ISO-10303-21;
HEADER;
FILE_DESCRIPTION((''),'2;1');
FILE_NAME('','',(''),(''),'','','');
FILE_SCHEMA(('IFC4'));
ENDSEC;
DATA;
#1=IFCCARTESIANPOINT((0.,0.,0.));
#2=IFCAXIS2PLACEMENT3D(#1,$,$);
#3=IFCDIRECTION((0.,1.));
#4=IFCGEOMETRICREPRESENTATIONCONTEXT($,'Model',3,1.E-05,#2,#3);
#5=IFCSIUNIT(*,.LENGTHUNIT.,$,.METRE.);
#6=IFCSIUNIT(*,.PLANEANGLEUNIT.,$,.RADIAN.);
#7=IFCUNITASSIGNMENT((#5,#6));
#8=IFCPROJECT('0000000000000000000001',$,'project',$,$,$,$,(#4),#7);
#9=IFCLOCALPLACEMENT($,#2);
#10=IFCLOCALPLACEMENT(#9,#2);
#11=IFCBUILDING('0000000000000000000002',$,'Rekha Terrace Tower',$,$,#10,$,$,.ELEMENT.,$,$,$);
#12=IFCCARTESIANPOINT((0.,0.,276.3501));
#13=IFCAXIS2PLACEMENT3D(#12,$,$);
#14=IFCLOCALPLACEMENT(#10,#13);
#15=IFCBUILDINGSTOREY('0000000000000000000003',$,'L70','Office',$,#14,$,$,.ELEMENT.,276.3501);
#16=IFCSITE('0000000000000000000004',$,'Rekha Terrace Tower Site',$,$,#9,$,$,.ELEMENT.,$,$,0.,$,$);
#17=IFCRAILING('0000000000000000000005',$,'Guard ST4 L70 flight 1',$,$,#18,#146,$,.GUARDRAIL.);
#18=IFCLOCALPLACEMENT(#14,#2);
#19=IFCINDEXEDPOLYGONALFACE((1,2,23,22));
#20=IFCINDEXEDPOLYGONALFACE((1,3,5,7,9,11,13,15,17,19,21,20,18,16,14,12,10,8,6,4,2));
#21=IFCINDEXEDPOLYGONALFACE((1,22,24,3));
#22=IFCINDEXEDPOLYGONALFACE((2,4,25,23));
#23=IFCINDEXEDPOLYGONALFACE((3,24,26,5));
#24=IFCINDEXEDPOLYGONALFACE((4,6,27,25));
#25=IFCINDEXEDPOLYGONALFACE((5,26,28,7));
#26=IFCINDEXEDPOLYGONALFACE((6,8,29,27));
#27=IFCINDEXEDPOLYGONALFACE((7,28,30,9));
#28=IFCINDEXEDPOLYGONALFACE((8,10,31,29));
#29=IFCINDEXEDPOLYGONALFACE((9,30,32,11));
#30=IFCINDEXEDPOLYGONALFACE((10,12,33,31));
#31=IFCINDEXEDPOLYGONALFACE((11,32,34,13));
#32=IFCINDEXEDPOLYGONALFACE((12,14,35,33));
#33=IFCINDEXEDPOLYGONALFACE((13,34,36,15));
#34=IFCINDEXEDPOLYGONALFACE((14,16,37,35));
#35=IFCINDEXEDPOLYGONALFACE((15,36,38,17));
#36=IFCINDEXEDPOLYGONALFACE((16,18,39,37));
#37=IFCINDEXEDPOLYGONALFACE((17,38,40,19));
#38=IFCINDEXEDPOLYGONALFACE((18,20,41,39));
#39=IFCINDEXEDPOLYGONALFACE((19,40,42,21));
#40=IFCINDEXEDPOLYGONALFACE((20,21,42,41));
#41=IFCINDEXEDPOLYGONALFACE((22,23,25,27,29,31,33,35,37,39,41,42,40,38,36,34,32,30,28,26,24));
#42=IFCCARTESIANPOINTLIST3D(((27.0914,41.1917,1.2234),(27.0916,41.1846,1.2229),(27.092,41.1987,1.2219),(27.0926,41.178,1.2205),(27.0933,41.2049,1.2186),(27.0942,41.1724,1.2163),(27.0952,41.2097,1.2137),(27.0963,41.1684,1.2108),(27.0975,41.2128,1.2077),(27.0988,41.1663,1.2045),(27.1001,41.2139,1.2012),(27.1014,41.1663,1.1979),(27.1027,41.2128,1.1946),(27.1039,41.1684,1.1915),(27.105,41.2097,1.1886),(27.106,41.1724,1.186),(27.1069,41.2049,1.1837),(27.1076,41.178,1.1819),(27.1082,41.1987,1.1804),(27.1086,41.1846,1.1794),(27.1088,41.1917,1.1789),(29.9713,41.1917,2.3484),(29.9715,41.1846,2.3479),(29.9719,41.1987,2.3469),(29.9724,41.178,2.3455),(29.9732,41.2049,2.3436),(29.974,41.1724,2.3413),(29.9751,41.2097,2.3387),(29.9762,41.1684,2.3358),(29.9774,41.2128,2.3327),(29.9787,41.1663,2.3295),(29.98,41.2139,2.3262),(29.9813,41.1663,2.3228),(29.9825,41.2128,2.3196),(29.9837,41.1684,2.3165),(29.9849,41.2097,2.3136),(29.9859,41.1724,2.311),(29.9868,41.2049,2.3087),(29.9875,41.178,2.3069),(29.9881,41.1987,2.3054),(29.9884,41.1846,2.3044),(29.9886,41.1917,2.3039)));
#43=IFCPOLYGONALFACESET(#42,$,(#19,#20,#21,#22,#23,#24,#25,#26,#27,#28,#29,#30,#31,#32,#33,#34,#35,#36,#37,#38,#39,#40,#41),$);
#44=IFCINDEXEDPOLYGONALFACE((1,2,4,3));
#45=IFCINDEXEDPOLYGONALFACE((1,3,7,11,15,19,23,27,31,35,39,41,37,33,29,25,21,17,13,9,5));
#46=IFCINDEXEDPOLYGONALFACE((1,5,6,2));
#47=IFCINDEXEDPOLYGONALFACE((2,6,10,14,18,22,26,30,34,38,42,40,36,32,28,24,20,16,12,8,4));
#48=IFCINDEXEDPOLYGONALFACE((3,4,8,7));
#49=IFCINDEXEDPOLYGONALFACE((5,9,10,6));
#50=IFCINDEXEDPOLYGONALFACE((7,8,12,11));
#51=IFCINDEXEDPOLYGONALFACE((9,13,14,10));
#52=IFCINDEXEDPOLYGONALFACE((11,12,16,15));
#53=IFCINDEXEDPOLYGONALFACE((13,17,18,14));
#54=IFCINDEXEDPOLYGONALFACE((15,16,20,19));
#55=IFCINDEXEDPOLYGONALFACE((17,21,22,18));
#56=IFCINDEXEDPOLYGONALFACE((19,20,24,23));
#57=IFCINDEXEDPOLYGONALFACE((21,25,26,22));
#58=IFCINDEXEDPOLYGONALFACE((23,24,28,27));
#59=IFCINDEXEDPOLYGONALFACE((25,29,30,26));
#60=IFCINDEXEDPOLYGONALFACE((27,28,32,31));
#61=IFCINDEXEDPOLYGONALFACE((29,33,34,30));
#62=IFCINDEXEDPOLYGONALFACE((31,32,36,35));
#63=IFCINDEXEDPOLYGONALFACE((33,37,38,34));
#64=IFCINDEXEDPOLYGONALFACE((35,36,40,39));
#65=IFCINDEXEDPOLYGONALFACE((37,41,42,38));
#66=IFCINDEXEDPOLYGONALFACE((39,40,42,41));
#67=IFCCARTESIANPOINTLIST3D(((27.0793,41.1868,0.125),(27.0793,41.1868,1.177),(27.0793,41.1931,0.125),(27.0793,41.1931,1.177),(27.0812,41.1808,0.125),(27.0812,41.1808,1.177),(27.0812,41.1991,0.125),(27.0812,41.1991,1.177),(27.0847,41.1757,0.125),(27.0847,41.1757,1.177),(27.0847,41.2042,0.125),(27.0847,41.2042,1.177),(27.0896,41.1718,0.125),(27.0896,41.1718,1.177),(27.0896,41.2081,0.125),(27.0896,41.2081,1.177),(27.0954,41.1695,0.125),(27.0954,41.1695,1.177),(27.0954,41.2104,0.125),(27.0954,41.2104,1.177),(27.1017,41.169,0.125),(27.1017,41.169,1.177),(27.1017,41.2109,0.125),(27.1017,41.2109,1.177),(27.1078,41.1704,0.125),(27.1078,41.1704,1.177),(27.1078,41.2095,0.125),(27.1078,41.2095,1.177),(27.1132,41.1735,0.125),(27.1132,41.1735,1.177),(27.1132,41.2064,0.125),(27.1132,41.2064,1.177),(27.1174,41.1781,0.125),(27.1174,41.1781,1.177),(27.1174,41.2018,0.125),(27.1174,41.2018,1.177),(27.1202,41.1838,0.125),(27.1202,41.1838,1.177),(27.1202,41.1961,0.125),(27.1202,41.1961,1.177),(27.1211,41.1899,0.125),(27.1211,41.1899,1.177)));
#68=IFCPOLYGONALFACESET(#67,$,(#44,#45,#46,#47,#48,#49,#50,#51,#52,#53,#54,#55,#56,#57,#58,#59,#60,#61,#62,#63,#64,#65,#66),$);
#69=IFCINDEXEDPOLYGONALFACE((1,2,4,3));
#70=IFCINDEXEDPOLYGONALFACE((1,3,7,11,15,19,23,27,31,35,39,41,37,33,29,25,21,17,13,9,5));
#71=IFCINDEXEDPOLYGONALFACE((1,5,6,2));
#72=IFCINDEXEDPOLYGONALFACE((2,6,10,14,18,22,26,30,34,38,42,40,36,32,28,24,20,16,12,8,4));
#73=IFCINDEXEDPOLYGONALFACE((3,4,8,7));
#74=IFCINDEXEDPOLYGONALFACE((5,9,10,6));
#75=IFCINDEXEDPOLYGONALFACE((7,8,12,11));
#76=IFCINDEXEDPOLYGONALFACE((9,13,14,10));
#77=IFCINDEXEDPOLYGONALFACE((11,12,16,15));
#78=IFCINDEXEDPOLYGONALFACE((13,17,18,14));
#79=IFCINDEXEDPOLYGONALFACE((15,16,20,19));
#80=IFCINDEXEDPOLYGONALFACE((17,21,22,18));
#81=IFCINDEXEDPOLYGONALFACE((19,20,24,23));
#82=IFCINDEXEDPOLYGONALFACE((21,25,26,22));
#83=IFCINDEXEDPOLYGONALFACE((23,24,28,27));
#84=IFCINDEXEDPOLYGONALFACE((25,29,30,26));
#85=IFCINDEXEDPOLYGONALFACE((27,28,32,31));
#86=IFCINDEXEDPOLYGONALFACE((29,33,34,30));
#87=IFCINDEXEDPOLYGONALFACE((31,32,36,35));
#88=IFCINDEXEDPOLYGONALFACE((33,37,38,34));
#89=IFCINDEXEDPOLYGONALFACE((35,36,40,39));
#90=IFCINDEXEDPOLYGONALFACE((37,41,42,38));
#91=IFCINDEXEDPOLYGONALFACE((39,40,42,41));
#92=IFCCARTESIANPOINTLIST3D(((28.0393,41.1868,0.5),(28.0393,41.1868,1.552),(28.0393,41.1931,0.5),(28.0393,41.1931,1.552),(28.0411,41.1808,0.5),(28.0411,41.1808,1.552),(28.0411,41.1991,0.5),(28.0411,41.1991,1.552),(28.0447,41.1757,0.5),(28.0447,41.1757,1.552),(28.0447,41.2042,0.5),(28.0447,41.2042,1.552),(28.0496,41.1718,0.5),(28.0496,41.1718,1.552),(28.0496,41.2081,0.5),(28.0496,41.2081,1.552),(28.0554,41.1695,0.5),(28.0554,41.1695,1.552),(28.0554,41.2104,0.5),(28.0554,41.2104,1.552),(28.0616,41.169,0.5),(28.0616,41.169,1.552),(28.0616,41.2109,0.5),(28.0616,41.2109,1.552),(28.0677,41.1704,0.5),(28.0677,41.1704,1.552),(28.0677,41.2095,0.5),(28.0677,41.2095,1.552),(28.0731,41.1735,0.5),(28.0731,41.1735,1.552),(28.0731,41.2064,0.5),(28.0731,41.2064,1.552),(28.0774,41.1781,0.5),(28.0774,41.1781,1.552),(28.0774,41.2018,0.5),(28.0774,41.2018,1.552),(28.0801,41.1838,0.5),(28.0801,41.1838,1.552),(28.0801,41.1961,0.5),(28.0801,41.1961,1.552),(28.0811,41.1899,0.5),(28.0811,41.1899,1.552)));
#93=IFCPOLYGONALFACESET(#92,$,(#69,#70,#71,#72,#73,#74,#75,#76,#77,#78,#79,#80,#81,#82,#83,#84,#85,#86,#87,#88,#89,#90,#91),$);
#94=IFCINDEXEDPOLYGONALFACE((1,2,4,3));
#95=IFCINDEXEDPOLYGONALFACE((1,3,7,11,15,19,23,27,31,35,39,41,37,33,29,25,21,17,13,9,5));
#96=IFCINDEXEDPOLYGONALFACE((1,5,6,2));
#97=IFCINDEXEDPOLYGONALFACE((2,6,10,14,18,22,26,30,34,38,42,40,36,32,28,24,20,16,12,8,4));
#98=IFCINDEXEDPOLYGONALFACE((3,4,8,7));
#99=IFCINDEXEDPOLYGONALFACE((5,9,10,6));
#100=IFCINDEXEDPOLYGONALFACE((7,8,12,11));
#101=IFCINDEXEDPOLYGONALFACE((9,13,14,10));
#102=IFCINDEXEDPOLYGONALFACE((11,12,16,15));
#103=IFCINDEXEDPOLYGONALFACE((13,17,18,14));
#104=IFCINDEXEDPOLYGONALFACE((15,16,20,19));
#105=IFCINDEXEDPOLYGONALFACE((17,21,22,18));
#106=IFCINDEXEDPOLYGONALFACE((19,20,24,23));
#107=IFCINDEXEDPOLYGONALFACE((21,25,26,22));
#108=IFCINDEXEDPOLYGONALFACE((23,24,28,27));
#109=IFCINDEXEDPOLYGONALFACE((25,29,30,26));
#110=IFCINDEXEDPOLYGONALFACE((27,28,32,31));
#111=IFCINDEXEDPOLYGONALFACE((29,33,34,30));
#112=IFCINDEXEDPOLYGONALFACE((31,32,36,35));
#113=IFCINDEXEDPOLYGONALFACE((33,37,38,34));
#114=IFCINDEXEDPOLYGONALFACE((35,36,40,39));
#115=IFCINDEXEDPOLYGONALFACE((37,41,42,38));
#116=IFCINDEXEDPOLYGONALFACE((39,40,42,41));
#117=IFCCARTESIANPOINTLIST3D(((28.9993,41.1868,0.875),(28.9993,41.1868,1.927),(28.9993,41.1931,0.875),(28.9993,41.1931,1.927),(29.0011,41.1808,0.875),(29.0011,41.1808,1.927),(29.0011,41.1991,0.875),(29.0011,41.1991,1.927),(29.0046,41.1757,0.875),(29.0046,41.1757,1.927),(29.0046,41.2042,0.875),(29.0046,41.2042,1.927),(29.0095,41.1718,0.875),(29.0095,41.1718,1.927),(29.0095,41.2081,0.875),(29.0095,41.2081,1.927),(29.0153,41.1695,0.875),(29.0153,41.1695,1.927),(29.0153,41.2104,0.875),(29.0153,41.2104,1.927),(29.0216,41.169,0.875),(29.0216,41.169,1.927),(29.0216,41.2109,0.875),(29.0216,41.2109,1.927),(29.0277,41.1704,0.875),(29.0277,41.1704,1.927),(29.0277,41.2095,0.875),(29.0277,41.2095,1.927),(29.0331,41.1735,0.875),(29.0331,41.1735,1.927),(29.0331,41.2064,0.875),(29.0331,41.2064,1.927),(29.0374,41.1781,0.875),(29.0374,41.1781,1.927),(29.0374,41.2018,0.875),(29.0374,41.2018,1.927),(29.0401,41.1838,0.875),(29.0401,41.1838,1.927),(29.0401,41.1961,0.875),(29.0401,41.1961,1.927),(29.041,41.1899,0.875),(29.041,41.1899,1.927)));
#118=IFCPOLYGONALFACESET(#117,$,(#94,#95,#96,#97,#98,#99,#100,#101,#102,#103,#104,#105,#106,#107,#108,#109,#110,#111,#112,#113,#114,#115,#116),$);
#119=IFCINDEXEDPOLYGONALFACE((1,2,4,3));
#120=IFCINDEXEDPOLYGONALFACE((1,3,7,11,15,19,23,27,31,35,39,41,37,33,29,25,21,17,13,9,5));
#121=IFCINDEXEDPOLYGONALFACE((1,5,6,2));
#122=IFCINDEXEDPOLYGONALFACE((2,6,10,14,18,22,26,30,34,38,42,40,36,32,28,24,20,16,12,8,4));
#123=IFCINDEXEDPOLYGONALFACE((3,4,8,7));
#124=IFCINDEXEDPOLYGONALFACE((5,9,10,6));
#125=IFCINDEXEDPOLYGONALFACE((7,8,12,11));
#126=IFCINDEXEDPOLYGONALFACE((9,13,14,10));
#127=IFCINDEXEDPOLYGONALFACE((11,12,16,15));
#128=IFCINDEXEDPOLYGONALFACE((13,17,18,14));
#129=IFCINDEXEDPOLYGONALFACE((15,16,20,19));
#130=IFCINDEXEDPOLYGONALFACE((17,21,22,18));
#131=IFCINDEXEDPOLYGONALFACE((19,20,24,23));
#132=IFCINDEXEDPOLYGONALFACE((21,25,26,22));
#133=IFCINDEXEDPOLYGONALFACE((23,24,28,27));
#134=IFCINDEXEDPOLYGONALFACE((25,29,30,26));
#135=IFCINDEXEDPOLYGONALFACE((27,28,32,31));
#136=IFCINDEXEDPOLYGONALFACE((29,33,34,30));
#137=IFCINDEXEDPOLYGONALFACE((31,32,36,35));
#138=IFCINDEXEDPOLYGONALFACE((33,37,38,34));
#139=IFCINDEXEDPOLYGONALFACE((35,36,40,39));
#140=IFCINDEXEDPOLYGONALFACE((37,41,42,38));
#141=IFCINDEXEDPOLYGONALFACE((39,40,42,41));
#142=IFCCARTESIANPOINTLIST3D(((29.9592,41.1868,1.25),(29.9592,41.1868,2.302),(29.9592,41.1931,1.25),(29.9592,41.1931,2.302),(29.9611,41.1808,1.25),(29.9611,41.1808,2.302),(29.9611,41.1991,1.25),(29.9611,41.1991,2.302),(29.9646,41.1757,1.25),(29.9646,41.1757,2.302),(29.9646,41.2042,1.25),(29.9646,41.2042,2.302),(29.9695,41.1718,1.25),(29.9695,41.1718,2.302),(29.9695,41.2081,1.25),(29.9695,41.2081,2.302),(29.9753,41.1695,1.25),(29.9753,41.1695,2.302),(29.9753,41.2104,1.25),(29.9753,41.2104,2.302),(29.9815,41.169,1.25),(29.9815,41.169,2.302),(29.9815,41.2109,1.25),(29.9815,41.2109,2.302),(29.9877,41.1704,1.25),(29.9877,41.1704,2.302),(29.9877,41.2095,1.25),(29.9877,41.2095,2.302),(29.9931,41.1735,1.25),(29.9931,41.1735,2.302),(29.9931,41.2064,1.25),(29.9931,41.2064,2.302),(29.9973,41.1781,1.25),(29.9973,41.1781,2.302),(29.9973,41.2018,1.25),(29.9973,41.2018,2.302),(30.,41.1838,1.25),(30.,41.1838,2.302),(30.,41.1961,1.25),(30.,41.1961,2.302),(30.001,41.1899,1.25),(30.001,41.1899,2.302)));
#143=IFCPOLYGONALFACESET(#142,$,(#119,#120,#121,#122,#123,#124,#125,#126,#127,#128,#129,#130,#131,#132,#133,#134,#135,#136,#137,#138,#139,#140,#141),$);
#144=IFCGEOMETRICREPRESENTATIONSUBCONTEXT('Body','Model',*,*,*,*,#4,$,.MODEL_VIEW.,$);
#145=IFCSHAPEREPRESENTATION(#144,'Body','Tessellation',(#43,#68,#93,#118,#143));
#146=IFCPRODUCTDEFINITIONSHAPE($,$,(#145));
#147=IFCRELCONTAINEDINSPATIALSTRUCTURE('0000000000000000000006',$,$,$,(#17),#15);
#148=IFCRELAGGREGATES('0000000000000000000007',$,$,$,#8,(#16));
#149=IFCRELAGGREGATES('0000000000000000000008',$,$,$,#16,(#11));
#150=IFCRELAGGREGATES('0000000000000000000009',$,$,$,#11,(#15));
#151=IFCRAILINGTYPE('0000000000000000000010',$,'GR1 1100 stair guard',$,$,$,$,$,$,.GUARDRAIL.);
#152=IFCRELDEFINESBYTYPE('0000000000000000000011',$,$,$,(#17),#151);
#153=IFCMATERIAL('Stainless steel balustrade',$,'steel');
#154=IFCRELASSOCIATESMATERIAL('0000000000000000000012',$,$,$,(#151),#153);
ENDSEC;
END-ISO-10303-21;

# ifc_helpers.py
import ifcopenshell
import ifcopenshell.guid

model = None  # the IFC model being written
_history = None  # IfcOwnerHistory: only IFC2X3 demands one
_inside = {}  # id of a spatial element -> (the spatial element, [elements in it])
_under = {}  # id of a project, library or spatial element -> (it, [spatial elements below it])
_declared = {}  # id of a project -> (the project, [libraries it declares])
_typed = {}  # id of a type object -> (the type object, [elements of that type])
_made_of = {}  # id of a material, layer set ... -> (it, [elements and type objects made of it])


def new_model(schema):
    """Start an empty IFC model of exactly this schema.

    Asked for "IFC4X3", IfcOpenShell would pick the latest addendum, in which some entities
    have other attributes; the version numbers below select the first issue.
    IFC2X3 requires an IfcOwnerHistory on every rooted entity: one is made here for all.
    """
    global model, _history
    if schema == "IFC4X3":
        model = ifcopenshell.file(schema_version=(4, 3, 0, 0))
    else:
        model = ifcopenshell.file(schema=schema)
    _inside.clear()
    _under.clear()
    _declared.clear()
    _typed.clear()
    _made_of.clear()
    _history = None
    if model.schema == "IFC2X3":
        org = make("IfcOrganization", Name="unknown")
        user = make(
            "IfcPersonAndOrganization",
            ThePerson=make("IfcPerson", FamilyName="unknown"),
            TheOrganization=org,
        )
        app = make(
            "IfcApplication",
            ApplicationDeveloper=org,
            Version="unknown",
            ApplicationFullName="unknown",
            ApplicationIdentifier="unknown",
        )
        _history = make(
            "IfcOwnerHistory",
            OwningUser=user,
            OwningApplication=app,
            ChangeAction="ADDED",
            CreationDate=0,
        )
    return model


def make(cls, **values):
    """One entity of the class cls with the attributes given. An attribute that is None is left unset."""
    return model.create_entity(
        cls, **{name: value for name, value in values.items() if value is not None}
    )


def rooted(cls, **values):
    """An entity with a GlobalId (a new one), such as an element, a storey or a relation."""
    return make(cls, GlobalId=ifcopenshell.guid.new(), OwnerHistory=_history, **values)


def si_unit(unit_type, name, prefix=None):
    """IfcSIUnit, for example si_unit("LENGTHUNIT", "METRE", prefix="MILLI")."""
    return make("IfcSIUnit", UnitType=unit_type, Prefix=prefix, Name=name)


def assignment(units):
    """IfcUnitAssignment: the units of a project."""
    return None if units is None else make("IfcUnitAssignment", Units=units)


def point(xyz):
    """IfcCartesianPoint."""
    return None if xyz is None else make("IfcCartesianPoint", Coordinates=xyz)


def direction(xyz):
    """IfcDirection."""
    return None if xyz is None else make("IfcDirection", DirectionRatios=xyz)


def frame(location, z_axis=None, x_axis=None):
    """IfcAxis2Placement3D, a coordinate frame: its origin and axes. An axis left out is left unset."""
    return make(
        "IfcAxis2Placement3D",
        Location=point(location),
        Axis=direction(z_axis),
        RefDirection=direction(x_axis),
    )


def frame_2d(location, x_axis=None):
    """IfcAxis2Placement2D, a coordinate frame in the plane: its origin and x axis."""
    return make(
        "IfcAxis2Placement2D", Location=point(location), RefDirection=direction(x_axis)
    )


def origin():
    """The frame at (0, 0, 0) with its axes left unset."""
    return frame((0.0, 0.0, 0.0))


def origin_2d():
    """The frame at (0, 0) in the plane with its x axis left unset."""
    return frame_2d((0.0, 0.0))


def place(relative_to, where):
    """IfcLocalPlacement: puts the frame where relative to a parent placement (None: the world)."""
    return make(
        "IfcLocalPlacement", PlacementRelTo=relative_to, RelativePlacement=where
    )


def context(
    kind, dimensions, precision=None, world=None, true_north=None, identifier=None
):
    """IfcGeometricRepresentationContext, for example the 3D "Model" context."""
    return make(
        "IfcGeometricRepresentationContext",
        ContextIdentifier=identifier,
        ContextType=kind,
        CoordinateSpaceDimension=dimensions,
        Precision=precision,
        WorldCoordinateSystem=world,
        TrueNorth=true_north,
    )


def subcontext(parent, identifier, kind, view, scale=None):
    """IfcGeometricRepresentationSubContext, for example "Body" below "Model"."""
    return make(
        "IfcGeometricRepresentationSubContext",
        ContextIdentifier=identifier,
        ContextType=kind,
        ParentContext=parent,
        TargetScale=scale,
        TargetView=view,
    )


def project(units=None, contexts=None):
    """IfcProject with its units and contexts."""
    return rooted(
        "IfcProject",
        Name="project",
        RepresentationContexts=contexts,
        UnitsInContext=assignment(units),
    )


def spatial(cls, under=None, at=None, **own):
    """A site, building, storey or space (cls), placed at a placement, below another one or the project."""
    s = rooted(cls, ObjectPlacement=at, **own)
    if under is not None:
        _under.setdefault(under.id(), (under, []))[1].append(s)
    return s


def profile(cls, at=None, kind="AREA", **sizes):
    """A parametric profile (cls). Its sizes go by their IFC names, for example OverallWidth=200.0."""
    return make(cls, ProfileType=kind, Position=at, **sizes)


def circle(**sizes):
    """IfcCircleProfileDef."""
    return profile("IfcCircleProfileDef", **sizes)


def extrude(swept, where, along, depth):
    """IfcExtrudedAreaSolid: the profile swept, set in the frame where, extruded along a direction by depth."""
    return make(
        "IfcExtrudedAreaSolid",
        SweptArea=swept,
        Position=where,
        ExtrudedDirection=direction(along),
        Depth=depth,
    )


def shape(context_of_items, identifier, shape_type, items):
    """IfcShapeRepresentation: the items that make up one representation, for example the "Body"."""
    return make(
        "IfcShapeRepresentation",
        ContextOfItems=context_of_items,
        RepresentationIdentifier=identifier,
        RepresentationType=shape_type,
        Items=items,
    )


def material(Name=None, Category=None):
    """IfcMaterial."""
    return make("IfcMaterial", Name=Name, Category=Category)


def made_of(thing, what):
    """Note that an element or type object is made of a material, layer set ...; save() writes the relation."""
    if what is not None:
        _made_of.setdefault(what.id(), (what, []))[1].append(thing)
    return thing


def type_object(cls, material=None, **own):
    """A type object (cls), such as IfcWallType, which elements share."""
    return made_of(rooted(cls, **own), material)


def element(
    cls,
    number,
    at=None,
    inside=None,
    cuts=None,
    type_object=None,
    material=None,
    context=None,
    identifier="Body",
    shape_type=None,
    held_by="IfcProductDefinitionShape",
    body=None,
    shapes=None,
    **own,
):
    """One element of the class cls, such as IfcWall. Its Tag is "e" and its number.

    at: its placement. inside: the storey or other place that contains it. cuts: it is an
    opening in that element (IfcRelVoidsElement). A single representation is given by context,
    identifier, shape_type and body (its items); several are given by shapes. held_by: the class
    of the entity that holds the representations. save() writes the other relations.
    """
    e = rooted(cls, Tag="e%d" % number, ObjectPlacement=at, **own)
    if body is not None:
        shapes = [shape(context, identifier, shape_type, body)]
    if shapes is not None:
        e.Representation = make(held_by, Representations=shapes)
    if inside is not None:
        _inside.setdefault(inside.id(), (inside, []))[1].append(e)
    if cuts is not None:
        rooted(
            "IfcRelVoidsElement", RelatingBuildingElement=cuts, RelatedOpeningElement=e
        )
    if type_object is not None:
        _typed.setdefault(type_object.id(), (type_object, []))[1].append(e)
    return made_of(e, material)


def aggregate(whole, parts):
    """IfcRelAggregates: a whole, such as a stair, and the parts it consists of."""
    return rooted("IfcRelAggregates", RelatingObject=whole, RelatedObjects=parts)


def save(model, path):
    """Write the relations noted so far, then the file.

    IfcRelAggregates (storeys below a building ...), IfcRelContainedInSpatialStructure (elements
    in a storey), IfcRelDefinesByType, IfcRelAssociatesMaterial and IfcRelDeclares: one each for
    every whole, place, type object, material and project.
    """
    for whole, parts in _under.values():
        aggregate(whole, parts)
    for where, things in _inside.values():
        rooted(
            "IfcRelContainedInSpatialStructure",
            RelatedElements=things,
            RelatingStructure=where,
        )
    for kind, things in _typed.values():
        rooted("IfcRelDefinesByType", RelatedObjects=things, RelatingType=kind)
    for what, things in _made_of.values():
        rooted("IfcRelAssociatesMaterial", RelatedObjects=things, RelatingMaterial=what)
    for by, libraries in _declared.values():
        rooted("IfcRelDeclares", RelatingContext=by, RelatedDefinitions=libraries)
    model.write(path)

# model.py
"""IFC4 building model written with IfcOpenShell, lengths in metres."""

from ifc_helpers import new_model, si_unit, direction, frame, origin, origin_2d, place, context, subcontext, project, spatial, circle, extrude, material, type_object, element, save


model = new_model("IFC4")

# Units and contexts
model_context = context("Model", 3, precision=1e-05, world=origin(), true_north=direction((0.0, 1.0)))
body_context = subcontext(model_context, "Body", "Model", "MODEL_VIEW")
ifc_project = project(units=[si_unit("LENGTHUNIT", "METRE"), si_unit("PLANEANGLEUNIT", "RADIAN")], contexts=[model_context])

# Site, building, storey
site_placement = place(None, origin())
site = spatial("IfcSite", under=ifc_project, at=site_placement, Name="Rekha Terrace Tower Site", CompositionType="ELEMENT", RefElevation=0.0)
building_placement = place(site_placement, origin())
building = spatial("IfcBuilding", under=site, at=building_placement, Name="Rekha Terrace Tower", CompositionType="ELEMENT")
storey_placement = place(building_placement, frame((0.0, 0.0, 276.3501)))
storey = spatial("IfcBuildingStorey", under=building, at=storey_placement, Name="L70", Description="Office", CompositionType="ELEMENT", Elevation=276.3501)

# Railing
ifc_material_1 = material(Name="Stainless steel balustrade", Category="steel")
railing_type_1 = type_object("IfcRailingType", Name="GR1 1100 stair guard", PredefinedType="GUARDRAIL", material=ifc_material_1)
railing_1_placement = place(storey_placement, frame((27.1001, 41.1899, 0.125)))
element("IfcRailing", 1, at=railing_1_placement, inside=storey, type_object=railing_type_1, Name="Guard ST4 L70 flight 1", PredefinedType="GUARDRAIL", context=body_context, shape_type="SweptSolid", body=[
    extrude(circle(Radius=0.0239, at=origin_2d()), frame((0.0, 0.0, 1.0762), z_axis=(0.931452, 0.0, 0.363863), x_axis=(0.0, 1.0, 0.0)), (0.0, 0.0, 1.0), 3.0918),
    extrude(circle(Radius=0.021, at=origin_2d()), origin(), (0.0, 0.0, 1.0), 1.052),
    extrude(circle(Radius=0.021, at=origin_2d()), frame((0.96, 0.0, 0.375)), (0.0, 0.0, 1.0), 1.052),
    extrude(circle(Radius=0.021, at=origin_2d()), frame((1.9199, 0.0, 0.75)), (0.0, 0.0, 1.0), 1.052),
    extrude(circle(Radius=0.021, at=origin_2d()), frame((2.8799, 0.0, 1.125)), (0.0, 0.0, 1.0), 1.052),
])

save(model, "model.ifc")
